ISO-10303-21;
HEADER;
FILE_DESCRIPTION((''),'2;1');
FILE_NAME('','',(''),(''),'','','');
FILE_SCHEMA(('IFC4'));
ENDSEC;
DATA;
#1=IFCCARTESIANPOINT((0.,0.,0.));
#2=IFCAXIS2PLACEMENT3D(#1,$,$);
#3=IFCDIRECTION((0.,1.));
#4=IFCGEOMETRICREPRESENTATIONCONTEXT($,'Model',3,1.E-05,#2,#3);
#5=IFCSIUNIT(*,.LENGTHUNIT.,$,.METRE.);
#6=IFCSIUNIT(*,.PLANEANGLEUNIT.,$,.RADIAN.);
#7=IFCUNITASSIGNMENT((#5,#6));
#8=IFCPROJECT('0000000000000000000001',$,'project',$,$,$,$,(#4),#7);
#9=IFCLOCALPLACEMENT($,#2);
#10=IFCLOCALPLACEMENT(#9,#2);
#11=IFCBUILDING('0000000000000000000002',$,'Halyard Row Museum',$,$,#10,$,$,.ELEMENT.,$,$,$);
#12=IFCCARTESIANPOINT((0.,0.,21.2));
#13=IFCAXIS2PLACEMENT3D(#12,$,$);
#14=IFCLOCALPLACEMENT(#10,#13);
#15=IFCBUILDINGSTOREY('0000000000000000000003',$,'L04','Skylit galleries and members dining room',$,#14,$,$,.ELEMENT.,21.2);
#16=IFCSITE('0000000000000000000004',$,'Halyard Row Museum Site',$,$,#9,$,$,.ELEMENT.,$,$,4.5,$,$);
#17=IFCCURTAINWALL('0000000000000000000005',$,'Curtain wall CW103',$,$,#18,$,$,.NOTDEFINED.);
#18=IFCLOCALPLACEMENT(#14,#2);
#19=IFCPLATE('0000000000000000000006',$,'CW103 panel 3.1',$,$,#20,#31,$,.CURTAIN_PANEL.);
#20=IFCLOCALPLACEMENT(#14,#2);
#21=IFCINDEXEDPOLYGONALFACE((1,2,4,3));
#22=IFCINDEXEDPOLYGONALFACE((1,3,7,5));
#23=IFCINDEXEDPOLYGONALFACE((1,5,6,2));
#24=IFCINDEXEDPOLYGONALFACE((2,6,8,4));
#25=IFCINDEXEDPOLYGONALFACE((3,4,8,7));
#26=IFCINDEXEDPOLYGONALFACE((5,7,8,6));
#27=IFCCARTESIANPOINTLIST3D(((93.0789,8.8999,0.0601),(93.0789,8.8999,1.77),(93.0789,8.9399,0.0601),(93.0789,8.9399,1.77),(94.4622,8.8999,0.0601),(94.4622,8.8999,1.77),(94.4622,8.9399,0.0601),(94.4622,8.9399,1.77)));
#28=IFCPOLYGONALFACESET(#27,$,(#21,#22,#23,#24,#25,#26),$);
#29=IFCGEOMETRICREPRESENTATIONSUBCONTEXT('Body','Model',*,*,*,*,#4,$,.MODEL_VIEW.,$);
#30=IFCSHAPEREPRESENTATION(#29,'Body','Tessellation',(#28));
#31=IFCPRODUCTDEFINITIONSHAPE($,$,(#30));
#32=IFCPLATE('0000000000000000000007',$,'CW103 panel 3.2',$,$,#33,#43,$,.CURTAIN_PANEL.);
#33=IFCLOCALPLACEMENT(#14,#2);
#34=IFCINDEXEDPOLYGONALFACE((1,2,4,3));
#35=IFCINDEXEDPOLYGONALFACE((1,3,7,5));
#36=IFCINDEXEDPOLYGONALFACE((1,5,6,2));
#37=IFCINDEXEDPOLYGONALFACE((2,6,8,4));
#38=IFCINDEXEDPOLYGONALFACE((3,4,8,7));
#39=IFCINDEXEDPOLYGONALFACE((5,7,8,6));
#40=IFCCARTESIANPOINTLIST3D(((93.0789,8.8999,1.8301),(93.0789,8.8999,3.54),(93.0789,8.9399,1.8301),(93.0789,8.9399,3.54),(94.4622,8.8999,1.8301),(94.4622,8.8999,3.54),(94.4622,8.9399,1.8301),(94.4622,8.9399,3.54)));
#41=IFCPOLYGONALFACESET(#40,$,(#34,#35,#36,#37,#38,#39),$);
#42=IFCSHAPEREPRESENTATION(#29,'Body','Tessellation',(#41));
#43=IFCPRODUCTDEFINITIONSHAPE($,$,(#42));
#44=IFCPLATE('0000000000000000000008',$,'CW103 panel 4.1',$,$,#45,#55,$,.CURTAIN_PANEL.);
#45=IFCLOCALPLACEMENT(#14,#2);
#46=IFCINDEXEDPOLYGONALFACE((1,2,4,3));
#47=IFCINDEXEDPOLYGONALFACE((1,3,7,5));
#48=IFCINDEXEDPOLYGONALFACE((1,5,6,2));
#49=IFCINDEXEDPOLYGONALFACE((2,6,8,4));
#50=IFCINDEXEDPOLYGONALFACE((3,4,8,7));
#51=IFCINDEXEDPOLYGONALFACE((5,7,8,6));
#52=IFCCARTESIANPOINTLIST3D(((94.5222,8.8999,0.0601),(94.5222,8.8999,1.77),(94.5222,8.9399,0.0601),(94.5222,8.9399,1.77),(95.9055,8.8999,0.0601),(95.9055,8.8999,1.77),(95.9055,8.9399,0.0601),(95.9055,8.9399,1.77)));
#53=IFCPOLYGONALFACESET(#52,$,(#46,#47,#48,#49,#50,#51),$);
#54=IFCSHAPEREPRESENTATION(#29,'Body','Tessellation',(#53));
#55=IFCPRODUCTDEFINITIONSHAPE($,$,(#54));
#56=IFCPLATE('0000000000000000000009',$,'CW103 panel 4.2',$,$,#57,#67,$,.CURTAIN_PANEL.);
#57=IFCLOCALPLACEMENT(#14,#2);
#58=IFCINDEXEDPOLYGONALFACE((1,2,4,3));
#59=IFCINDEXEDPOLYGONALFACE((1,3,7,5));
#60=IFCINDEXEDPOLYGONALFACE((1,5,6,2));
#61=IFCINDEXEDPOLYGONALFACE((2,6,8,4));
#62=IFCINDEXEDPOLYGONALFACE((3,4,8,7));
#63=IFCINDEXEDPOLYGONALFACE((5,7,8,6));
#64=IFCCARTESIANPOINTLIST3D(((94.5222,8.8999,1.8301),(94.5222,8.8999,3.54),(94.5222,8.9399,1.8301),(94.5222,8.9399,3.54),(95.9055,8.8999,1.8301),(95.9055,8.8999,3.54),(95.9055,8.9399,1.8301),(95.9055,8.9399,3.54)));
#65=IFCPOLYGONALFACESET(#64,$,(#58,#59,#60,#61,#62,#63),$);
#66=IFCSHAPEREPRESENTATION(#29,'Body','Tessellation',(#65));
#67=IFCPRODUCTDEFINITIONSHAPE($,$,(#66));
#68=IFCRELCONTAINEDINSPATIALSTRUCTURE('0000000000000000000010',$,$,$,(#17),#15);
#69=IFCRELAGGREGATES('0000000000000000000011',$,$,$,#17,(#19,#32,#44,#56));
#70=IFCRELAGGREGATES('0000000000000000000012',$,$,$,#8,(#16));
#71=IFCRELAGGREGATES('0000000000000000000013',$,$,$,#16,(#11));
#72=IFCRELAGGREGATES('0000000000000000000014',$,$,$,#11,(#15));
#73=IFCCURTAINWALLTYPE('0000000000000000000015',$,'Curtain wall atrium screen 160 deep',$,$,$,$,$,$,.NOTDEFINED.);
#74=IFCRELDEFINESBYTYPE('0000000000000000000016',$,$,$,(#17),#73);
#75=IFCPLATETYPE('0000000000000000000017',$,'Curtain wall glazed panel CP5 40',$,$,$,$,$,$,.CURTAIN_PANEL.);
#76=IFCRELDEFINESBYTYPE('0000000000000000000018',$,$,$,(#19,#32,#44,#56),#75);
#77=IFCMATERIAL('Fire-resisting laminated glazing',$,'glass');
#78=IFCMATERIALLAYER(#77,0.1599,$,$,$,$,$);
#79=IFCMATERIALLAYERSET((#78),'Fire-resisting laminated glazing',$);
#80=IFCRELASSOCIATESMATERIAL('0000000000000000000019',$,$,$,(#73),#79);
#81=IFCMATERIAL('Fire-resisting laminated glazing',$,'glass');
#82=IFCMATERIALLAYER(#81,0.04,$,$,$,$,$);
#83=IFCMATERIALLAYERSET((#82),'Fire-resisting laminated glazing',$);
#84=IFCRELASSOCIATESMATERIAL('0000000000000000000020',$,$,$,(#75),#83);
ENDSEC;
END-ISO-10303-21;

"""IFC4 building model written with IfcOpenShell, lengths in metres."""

from ifc_helpers import new_model, si_unit, direction, frame, origin, origin_2d, place, context, subcontext, project, spatial, rectangle, extrude, material, layer, layer_set, type_object, element, aggregate, save


model = new_model("IFC4")

# Units and contexts
model_context = context("Model", 3, precision=1e-05, world=origin(), true_north=direction((0.0, 1.0)))
body_context = subcontext(model_context, "Body", "Model", "MODEL_VIEW")
ifc_project = project(units=[si_unit("LENGTHUNIT", "METRE"), si_unit("PLANEANGLEUNIT", "RADIAN")], contexts=[model_context])

# Site, building, storey
site_placement = place(None, origin())
site = spatial("IfcSite", under=ifc_project, at=site_placement, Name="Halyard Row Museum Site", CompositionType="ELEMENT", RefElevation=4.5)
building_placement = place(site_placement, origin())
building = spatial("IfcBuilding", under=site, at=building_placement, Name="Halyard Row Museum", CompositionType="ELEMENT")
storey_placement = place(building_placement, frame((0.0, 0.0, 21.2)))
storey = spatial("IfcBuildingStorey", under=building, at=storey_placement, Name="L04", Description="Skylit galleries and members dining room", CompositionType="ELEMENT", Elevation=21.2)

# Curtain wall
ifc_material_1 = material(Name="Fire-resisting laminated glazing", Category="glass")
ifc_layer_1 = layer(ifc_material_1, 0.1599)
ifc_layer_set_1 = layer_set([ifc_layer_1], Name="Fire-resisting laminated glazing")
curtain_wall_type = type_object("IfcCurtainWallType", Name="Curtain wall atrium screen 160 deep", PredefinedType="NOTDEFINED", material=ifc_layer_set_1)
curtain_wall_placement = place(storey_placement, origin())
curtain_wall = element("IfcCurtainWall", 1, at=curtain_wall_placement, inside=storey, type_object=curtain_wall_type, Name="Curtain wall CW103", PredefinedType="NOTDEFINED")

# Plates
ifc_material_2 = material(Name="Fire-resisting laminated glazing", Category="glass")
ifc_layer_2 = layer(ifc_material_2, 0.04)
ifc_layer_set_2 = layer_set([ifc_layer_2], Name="Fire-resisting laminated glazing")
plate_type = type_object("IfcPlateType", Name="Curtain wall glazed panel CP5 40", PredefinedType="CURTAIN_PANEL", material=ifc_layer_set_2)
plate_1_placement = place(storey_placement, frame((93.7705, 8.9199, 0.0601), z_axis=(0.0, 0.0, 1.0), x_axis=(1.0, 0.0, 0.0)))
plate_1 = element("IfcPlate", 2, at=plate_1_placement, type_object=plate_type, Name="CW103 panel 3.1", PredefinedType="CURTAIN_PANEL", context=body_context, shape_type="SweptSolid", body=[
    extrude(rectangle(XDim=1.3833, YDim=0.04, at=origin_2d()), origin(), (0.0, 0.0, 1.0), 1.71),
])
plate_2_placement = place(storey_placement, frame((93.7705, 8.9199, 1.8301), z_axis=(0.0, 0.0, 1.0), x_axis=(1.0, 0.0, 0.0)))
plate_2 = element("IfcPlate", 3, at=plate_2_placement, type_object=plate_type, Name="CW103 panel 3.2", PredefinedType="CURTAIN_PANEL", context=body_context, shape_type="SweptSolid", body=[
    extrude(rectangle(XDim=1.3833, YDim=0.04, at=origin_2d()), origin(), (0.0, 0.0, 1.0), 1.71),
])
plate_3_placement = place(storey_placement, frame((95.2139, 8.9199, 0.0601), z_axis=(0.0, 0.0, 1.0), x_axis=(1.0, 0.0, 0.0)))
plate_3 = element("IfcPlate", 4, at=plate_3_placement, type_object=plate_type, Name="CW103 panel 4.1", PredefinedType="CURTAIN_PANEL", context=body_context, shape_type="SweptSolid", body=[
    extrude(rectangle(XDim=1.3833, YDim=0.04, at=origin_2d()), origin(), (0.0, 0.0, 1.0), 1.71),
])
plate_4_placement = place(storey_placement, frame((95.2139, 8.9199, 1.8301), z_axis=(0.0, 0.0, 1.0), x_axis=(1.0, 0.0, 0.0)))
plate_4 = element("IfcPlate", 5, at=plate_4_placement, type_object=plate_type, Name="CW103 panel 4.2", PredefinedType="CURTAIN_PANEL", context=body_context, shape_type="SweptSolid", body=[
    extrude(rectangle(XDim=1.3833, YDim=0.04, at=origin_2d()), origin(), (0.0, 0.0, 1.0), 1.71),
])
aggregate(curtain_wall, [plate_1, plate_2, plate_3, plate_4])

save(model, "model.ifc")
